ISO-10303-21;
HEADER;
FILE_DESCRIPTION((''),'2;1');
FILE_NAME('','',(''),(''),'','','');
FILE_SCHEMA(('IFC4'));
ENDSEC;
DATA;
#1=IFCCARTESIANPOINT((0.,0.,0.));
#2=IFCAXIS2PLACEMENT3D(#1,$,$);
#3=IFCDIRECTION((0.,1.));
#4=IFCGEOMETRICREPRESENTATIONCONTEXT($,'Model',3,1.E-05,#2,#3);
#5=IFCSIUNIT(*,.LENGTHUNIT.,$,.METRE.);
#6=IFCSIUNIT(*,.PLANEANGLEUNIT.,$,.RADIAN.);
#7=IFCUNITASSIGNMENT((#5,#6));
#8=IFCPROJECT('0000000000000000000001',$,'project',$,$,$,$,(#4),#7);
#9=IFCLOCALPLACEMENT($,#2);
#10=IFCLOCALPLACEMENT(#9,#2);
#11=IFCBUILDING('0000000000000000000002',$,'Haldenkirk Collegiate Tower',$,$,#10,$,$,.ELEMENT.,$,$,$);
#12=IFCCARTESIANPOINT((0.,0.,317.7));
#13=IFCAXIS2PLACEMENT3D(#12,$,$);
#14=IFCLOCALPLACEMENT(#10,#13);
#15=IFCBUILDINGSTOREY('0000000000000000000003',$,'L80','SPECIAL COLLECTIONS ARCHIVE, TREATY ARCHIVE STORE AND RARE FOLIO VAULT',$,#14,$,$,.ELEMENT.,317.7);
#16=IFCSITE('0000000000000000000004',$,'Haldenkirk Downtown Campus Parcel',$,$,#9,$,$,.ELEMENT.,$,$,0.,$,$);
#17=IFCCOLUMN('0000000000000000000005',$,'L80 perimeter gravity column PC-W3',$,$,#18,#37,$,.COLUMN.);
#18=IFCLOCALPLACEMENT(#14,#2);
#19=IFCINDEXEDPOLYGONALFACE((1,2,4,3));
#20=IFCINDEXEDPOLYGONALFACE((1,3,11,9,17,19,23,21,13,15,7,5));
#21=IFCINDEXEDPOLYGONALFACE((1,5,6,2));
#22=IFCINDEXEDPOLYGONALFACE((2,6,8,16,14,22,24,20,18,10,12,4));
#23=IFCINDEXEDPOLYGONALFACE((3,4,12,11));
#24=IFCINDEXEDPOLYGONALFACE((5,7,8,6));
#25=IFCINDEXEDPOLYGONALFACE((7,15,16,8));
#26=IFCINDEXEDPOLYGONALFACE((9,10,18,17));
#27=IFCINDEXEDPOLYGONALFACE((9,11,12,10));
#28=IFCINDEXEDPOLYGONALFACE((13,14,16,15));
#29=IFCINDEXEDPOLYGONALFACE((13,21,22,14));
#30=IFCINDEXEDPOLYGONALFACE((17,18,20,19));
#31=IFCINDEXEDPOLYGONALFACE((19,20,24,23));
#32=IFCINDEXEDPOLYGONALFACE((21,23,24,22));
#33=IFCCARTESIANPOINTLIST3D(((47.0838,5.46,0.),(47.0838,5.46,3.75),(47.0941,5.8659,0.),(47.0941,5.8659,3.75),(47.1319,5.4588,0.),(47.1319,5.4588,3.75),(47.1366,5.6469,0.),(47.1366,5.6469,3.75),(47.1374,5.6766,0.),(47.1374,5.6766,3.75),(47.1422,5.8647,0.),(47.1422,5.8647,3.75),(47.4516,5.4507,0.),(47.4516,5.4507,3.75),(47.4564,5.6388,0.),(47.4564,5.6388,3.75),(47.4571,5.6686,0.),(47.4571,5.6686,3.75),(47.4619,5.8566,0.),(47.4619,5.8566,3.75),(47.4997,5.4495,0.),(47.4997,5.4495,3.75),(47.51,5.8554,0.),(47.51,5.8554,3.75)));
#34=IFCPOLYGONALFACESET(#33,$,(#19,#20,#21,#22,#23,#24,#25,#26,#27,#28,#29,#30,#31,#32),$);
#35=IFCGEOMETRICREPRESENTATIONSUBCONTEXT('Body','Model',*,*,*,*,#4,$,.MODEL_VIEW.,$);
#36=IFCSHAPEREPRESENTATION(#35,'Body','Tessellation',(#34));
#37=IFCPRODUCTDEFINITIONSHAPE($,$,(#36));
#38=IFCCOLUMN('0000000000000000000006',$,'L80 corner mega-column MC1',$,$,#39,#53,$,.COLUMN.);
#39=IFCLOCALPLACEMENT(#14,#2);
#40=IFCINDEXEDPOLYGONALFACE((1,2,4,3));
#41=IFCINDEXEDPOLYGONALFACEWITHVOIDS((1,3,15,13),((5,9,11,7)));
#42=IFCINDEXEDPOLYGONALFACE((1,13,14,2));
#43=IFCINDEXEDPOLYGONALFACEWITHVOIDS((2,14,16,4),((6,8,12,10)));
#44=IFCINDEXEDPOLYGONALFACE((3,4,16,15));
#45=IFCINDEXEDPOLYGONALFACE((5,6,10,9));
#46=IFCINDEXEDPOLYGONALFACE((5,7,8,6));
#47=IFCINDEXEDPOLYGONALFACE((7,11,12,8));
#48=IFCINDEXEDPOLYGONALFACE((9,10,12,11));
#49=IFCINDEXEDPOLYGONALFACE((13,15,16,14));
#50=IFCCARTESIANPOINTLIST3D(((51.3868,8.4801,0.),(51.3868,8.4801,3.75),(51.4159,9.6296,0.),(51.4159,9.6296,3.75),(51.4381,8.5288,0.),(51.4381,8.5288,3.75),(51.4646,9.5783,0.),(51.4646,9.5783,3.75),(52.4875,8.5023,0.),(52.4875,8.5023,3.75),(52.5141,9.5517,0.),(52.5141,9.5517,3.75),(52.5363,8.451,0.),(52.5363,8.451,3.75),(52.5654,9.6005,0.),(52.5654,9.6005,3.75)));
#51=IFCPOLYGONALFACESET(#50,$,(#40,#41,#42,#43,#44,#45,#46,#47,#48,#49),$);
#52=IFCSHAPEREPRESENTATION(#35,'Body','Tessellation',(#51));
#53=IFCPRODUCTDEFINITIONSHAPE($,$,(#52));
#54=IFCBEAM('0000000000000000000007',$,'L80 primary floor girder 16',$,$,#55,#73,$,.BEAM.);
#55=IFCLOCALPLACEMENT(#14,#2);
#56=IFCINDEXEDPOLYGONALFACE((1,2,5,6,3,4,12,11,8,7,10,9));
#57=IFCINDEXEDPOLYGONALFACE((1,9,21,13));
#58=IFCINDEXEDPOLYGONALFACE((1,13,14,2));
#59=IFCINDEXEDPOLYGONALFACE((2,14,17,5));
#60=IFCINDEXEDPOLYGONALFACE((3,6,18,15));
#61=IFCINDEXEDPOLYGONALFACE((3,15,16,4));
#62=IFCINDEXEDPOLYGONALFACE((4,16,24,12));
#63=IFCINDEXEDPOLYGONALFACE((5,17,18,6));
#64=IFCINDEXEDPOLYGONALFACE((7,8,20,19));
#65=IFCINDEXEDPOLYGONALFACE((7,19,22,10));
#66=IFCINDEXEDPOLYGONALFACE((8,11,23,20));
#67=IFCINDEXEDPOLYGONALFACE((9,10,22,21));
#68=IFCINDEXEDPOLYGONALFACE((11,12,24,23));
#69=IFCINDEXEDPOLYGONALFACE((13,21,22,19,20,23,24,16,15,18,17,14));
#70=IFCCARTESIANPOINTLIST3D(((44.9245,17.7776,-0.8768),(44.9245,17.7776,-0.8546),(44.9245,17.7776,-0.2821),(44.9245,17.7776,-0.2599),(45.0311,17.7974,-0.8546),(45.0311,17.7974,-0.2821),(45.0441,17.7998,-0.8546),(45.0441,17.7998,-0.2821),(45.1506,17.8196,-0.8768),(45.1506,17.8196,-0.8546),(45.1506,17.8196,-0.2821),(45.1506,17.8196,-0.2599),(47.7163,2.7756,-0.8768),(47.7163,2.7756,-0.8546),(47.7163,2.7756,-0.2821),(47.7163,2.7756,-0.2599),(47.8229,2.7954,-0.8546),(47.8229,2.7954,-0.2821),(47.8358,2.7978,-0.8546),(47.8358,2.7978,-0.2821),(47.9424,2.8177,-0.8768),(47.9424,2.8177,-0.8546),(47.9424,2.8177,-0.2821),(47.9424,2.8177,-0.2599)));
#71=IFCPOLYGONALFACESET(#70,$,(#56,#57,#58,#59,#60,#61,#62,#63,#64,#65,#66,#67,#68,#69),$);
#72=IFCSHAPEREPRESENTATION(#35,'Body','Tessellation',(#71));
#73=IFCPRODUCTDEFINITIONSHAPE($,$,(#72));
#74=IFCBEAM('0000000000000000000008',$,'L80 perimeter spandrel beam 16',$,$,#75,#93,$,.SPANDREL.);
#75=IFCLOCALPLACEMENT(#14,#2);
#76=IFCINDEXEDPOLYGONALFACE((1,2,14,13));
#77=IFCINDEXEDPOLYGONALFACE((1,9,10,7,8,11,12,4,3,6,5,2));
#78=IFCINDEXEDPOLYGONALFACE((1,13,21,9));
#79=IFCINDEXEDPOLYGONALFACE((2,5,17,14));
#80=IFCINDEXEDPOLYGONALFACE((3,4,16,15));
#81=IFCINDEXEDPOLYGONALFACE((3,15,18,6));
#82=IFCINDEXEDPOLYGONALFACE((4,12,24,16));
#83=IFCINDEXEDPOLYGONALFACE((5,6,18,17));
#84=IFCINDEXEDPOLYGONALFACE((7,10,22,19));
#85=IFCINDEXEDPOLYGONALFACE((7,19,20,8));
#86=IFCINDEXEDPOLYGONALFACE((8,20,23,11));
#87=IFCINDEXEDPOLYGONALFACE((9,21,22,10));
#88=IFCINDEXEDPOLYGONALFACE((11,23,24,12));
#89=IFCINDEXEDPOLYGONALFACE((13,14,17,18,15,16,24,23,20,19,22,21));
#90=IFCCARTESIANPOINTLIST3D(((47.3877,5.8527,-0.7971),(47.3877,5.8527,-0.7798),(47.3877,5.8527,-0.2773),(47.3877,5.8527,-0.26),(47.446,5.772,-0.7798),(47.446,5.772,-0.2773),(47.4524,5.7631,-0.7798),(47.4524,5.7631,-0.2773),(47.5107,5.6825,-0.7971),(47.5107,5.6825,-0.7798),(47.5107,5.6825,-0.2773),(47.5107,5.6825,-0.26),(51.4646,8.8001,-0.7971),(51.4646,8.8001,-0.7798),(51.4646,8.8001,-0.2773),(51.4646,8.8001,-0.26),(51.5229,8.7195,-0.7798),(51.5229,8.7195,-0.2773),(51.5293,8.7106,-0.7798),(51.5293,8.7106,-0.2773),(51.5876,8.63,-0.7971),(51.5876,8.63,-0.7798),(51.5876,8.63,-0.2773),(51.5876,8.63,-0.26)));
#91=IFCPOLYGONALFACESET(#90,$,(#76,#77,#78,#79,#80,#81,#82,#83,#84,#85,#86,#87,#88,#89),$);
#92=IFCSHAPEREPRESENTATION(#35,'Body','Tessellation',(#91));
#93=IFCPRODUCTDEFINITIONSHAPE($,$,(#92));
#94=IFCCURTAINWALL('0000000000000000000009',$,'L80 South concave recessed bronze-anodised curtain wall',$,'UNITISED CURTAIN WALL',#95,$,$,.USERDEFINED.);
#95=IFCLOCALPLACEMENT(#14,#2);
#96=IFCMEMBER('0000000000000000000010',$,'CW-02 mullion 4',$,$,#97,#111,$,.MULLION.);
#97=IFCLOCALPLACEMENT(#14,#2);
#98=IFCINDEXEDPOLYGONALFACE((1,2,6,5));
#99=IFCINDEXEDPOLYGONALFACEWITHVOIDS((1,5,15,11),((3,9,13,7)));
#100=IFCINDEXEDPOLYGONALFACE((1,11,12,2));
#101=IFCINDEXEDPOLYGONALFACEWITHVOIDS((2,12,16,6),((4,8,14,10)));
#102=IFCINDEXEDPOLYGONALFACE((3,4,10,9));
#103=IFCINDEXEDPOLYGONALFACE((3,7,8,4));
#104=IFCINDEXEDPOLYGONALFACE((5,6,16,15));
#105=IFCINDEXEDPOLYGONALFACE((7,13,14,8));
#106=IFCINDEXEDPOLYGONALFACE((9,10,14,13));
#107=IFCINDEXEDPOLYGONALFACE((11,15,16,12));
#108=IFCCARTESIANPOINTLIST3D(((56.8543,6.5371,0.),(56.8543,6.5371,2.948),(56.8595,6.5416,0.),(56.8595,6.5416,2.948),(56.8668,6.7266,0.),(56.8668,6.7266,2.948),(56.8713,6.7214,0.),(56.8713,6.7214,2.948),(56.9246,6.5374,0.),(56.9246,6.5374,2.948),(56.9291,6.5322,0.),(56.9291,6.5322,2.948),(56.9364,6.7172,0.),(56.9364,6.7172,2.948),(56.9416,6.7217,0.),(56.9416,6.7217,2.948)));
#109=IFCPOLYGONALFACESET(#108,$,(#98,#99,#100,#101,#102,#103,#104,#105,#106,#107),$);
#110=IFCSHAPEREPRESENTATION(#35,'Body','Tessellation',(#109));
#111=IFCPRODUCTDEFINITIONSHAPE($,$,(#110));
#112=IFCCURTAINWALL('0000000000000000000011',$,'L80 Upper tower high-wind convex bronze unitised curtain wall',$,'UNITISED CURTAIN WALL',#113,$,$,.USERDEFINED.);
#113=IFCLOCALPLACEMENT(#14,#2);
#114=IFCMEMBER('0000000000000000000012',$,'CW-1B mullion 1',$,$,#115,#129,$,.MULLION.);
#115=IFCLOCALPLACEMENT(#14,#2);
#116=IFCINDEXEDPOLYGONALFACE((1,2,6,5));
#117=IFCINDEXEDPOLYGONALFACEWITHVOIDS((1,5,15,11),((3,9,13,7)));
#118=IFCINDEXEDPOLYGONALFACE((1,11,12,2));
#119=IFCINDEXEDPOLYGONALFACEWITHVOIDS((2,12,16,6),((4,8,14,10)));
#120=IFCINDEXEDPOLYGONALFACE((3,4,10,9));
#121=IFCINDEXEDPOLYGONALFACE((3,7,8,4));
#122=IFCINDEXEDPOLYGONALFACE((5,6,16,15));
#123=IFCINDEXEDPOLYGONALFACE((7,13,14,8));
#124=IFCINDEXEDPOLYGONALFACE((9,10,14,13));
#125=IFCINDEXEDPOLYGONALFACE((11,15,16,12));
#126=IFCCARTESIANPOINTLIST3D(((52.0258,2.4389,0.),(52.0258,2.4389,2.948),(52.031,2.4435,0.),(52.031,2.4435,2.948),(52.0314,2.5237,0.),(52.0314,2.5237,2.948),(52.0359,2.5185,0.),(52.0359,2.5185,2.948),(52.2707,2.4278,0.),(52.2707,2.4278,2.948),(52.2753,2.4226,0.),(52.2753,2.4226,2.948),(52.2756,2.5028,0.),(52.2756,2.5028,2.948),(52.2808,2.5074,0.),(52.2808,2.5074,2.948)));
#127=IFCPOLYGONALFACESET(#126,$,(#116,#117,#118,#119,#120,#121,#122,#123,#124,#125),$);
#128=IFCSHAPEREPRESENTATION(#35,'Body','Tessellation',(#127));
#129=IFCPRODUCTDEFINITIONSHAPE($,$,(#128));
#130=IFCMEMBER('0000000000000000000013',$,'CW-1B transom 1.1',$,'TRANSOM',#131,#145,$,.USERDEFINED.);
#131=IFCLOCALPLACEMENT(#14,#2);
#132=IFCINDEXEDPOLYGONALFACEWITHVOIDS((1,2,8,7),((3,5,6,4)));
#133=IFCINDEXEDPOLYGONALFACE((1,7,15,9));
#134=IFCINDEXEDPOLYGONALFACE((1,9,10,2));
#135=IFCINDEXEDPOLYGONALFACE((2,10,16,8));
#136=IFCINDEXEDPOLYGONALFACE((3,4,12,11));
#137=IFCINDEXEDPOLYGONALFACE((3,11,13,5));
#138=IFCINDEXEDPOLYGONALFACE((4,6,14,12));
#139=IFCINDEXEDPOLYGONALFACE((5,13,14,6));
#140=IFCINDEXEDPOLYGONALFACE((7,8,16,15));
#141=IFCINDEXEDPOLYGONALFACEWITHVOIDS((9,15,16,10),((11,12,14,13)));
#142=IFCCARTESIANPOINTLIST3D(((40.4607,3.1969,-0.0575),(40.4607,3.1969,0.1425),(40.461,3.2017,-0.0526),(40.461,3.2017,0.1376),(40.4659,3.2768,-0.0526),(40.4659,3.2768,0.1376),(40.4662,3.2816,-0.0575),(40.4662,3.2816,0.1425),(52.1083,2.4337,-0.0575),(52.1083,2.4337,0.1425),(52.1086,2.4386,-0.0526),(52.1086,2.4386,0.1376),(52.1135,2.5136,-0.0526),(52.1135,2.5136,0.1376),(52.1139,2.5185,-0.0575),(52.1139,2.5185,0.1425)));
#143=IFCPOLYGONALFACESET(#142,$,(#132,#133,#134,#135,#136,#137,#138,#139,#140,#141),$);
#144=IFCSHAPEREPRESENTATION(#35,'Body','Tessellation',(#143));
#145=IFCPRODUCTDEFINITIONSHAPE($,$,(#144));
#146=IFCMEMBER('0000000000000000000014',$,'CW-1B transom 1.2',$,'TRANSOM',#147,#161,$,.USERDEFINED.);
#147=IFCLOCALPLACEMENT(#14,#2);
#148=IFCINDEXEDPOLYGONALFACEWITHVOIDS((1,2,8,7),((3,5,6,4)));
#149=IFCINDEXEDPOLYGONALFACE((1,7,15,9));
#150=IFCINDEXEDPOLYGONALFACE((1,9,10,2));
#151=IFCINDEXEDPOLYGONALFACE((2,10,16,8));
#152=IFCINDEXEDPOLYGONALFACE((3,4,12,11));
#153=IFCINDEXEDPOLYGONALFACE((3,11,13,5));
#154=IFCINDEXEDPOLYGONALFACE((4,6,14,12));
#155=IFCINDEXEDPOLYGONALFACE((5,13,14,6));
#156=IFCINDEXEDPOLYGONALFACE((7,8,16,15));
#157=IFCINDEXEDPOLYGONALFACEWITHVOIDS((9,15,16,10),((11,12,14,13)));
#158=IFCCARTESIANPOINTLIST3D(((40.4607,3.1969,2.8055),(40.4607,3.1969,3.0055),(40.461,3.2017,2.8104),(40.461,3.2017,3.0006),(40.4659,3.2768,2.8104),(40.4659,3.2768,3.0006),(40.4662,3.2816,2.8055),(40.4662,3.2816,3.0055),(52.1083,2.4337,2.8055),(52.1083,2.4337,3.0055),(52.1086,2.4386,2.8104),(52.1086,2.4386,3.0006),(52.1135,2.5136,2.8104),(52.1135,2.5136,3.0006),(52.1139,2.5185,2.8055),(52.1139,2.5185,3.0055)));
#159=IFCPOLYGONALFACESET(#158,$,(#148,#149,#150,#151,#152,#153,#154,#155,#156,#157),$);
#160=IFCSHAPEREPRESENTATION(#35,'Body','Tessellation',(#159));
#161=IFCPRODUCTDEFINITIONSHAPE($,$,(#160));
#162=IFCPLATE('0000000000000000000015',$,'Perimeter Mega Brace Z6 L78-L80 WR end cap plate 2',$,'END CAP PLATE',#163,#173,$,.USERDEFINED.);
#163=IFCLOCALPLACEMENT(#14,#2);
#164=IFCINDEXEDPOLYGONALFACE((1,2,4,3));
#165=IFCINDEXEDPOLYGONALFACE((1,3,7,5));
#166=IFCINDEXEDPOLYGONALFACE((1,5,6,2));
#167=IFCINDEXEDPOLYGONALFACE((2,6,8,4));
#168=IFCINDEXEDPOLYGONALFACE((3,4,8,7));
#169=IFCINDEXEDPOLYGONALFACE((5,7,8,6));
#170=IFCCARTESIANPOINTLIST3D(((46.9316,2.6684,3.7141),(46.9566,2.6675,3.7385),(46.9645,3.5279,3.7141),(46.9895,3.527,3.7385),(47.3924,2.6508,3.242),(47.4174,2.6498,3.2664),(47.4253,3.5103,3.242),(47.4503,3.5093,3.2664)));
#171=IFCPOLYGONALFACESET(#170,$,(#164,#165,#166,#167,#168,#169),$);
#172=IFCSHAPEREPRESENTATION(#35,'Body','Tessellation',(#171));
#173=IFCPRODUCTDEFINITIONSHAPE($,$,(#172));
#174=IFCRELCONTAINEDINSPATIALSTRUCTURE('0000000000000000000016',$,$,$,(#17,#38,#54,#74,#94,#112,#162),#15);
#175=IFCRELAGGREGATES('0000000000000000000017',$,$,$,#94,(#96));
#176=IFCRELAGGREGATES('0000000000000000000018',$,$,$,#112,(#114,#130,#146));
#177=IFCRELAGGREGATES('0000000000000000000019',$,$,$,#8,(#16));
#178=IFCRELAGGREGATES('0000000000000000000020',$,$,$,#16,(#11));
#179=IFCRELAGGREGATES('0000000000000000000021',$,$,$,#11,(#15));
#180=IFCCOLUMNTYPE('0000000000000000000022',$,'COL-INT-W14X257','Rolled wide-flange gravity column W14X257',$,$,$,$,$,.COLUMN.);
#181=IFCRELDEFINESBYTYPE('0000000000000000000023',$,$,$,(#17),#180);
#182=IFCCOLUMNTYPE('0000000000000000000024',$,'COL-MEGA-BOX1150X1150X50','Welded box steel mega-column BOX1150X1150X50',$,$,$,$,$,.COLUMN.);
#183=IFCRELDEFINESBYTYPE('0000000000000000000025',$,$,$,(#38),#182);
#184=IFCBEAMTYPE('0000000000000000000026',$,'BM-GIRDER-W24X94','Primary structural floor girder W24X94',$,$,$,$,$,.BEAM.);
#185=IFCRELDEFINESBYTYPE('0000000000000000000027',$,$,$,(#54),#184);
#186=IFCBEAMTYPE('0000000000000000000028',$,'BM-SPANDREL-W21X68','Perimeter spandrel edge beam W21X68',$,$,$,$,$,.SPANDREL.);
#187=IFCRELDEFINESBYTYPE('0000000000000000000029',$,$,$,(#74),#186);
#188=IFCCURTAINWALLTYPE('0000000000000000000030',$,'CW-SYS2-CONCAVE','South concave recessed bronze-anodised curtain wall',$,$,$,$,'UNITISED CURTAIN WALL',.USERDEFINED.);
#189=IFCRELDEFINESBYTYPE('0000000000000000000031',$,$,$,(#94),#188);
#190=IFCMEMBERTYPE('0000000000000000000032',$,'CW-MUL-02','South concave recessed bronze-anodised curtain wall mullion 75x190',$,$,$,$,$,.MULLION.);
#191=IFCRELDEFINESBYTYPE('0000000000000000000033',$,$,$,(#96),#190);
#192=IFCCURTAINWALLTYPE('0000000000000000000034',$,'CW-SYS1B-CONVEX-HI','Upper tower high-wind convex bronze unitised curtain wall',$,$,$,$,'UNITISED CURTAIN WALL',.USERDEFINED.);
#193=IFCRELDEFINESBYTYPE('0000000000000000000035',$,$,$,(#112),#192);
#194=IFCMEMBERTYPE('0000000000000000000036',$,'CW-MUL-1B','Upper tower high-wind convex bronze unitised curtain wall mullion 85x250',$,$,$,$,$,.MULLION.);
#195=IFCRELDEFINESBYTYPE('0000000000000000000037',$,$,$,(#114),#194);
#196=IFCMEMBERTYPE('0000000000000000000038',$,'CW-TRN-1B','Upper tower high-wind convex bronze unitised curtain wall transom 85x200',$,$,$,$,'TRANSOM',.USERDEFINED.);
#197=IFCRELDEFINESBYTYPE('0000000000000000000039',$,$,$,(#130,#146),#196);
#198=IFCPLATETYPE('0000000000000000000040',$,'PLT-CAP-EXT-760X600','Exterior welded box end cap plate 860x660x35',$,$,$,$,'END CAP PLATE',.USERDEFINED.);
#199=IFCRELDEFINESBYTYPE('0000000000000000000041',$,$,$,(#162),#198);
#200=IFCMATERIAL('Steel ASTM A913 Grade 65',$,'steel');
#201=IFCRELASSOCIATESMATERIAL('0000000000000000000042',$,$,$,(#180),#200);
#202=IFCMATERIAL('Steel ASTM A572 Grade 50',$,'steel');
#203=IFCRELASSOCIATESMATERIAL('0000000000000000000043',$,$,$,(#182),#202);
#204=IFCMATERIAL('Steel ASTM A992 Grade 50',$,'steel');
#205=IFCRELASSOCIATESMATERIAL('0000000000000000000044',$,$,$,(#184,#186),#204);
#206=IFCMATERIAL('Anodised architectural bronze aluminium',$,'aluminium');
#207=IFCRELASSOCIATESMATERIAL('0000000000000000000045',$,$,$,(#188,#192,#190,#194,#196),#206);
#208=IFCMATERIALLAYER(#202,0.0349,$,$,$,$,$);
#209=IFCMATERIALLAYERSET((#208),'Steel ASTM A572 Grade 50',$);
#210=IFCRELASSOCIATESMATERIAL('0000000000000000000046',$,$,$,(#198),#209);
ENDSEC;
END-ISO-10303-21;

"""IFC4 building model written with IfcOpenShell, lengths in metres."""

from ifc_helpers import new_model, si_unit, direction, frame, origin, origin_2d, place, context, subcontext, project, spatial, rectangle, hollow_rectangle, i_section, extrude, source, transform, mapped, material, layer, layer_set, material_profile, profile_set, type_object, element, aggregate, save


model = new_model("IFC4")

# Units and contexts
model_context = context("Model", 3, precision=1e-05, world=origin(), true_north=direction((0.0, 1.0)))
body_context = subcontext(model_context, "Body", "Model", "MODEL_VIEW")
ifc_project = project(units=[si_unit("LENGTHUNIT", "METRE"), si_unit("PLANEANGLEUNIT", "RADIAN")], contexts=[model_context])

# Site, building, storey
site_placement = place(None, origin())
site = spatial("IfcSite", under=ifc_project, at=site_placement, Name="Haldenkirk Downtown Campus Parcel", CompositionType="ELEMENT", RefElevation=0.0)
building_placement = place(site_placement, origin())
building = spatial("IfcBuilding", under=site, at=building_placement, Name="Haldenkirk Collegiate Tower", CompositionType="ELEMENT")
storey_placement = place(building_placement, frame((0.0, 0.0, 317.7)))
storey = spatial("IfcBuildingStorey", under=building, at=storey_placement, Name="L80", Description="SPECIAL COLLECTIONS ARCHIVE, TREATY ARCHIVE STORE AND RARE FOLIO VAULT", CompositionType="ELEMENT", Elevation=317.7)

# Columns
ifc_material_1 = material(Name="Steel ASTM A913 Grade 65", Category="steel")
ifc_material_profile_1 = material_profile(ifc_material_1, i_section(OverallWidth=0.406, OverallDepth=0.416, WebThickness=0.0298, FlangeThickness=0.0481, at=origin_2d()), Name="W14X257")
ifc_profile_set_1 = profile_set([ifc_material_profile_1], Name="Steel ASTM A913 Grade 65")
column_type_1 = type_object("IfcColumnType", Name="COL-INT-W14X257", Description="Rolled wide-flange gravity column W14X257", PredefinedType="COLUMN", material=ifc_profile_set_1)
column_1_placement = place(storey_placement, frame((47.2969, 5.6577, 0.0), z_axis=(0.0, 0.0, 1.0), x_axis=(0.025305, 0.99968, 0.0)))
element("IfcColumn", 1, at=column_1_placement, inside=storey, type_object=column_type_1, Name="L80 perimeter gravity column PC-W3", PredefinedType="COLUMN", context=body_context, shape_type="SweptSolid", body=[
    extrude(i_section(OverallWidth=0.406, OverallDepth=0.416, WebThickness=0.0298, FlangeThickness=0.0481, at=origin_2d()), origin(), (0.0, 0.0, 1.0), 3.75),
])
ifc_material_2 = material(Name="Steel ASTM A572 Grade 50", Category="steel")
ifc_material_profile_2 = material_profile(ifc_material_2, hollow_rectangle(XDim=1.1499, YDim=1.1499, WallThickness=0.05, at=origin_2d()), Name="BOX1150X1150X50")
ifc_profile_set_2 = profile_set([ifc_material_profile_2], Name="Steel ASTM A572 Grade 50")
column_type_2 = type_object("IfcColumnType", Name="COL-MEGA-BOX1150X1150X50", Description="Welded box steel mega-column BOX1150X1150X50", PredefinedType="COLUMN", material=ifc_profile_set_2)
column_2_placement = place(storey_placement, frame((51.9761, 9.0403, 0.0), z_axis=(0.0, 0.0, 1.0), x_axis=(0.025305, 0.99968, 0.0)))
element("IfcColumn", 2, at=column_2_placement, inside=storey, type_object=column_type_2, Name="L80 corner mega-column MC1", PredefinedType="COLUMN", context=body_context, shape_type="SweptSolid", body=[
    extrude(hollow_rectangle(XDim=1.1499, YDim=1.1499, WallThickness=0.05, at=origin_2d()), origin(), (0.0, 0.0, 1.0), 3.75),
])

# Beams
ifc_material_3 = material(Name="Steel ASTM A992 Grade 50", Category="steel")
ifc_material_profile_3 = material_profile(ifc_material_3, i_section(OverallWidth=0.23, OverallDepth=0.6169, WebThickness=0.0132, FlangeThickness=0.0222, at=origin_2d()), Name="W24X94")
ifc_profile_set_3 = profile_set([ifc_material_profile_3], Name="Steel ASTM A992 Grade 50")
beam_type_1 = type_object("IfcBeamType", Name="BM-GIRDER-W24X94", Description="Primary structural floor girder W24X94", PredefinedType="BEAM", material=ifc_profile_set_3)
beam_1_placement = place(storey_placement, frame((47.8293, 2.7966, -0.5684), z_axis=(-0.182951, 0.983122, 0.0), x_axis=(-0.983122, -0.182951, 0.0)))
element("IfcBeam", 3, at=beam_1_placement, inside=storey, type_object=beam_type_1, Name="L80 primary floor girder 16", PredefinedType="BEAM", context=body_context, shape_type="SweptSolid", body=[
    extrude(i_section(OverallWidth=0.23, OverallDepth=0.6169, WebThickness=0.0132, FlangeThickness=0.0222, at=origin_2d()), origin(), (0.0, 0.0, 1.0), 15.2595),
])
ifc_material_profile_4 = material_profile(ifc_material_3, i_section(OverallWidth=0.21, OverallDepth=0.5371, WebThickness=0.011, FlangeThickness=0.0173, at=origin_2d()), Name="W21X68")
ifc_profile_set_4 = profile_set([ifc_material_profile_4], Name="Steel ASTM A992 Grade 50")
beam_type_2 = type_object("IfcBeamType", Name="BM-SPANDREL-W21X68", Description="Perimeter spandrel edge beam W21X68", PredefinedType="SPANDREL", material=ifc_profile_set_4)
beam_2_placement = place(storey_placement, frame((47.4492, 5.7676, -0.5286), z_axis=(0.810389, 0.585893, 0.0), x_axis=(-0.585893, 0.810389, 0.0)))
element("IfcBeam", 4, at=beam_2_placement, inside=storey, type_object=beam_type_2, Name="L80 perimeter spandrel beam 16", PredefinedType="SPANDREL", context=body_context, shape_type="SweptSolid", body=[
    extrude(i_section(OverallWidth=0.21, OverallDepth=0.5371, WebThickness=0.011, FlangeThickness=0.0173, at=origin_2d()), origin(), (0.0, 0.0, 1.0), 5.0308),
])

# Curtain wall, member
ifc_material_4 = material(Name="Anodised architectural bronze aluminium", Category="aluminium")
curtain_wall_type_1 = type_object("IfcCurtainWallType", Name="CW-SYS2-CONCAVE", Description="South concave recessed bronze-anodised curtain wall", ElementType="UNITISED CURTAIN WALL", PredefinedType="USERDEFINED", material=ifc_material_4)
curtain_wall_1_placement = place(storey_placement, origin())
curtain_wall_1 = element("IfcCurtainWall", 5, at=curtain_wall_1_placement, inside=storey, type_object=curtain_wall_type_1, Name="L80 South concave recessed bronze-anodised curtain wall", ObjectType="UNITISED CURTAIN WALL", PredefinedType="USERDEFINED")
ifc_material_profile_5 = material_profile(ifc_material_4, hollow_rectangle(XDim=0.075, YDim=0.1899, WallThickness=0.0049, at=origin_2d()), Name="CW-MUL-02")
ifc_profile_set_5 = profile_set([ifc_material_profile_5], Name="Anodised architectural bronze aluminium")
member_type_1 = type_object("IfcMemberType", Name="CW-MUL-02", Description="South concave recessed bronze-anodised curtain wall mullion 75x190", PredefinedType="MULLION", material=ifc_profile_set_5)
member_1_placement = place(storey_placement, frame((56.8979, 6.6294, 0.0), z_axis=(0.0, 0.0, 1.0), x_axis=(0.997859, -0.065403, 0.0)))
member_1 = element("IfcMember", 6, at=member_1_placement, type_object=member_type_1, Name="CW-02 mullion 4", PredefinedType="MULLION", context=body_context, shape_type="SweptSolid", body=[
    extrude(hollow_rectangle(XDim=0.075, YDim=0.1899, WallThickness=0.0049, at=origin_2d()), origin(), (0.0, 0.0, 1.0), 2.948),
])

# Curtain wall, members
curtain_wall_type_2 = type_object("IfcCurtainWallType", Name="CW-SYS1B-CONVEX-HI", Description="Upper tower high-wind convex bronze unitised curtain wall", ElementType="UNITISED CURTAIN WALL", PredefinedType="USERDEFINED", material=ifc_material_4)
curtain_wall_2_placement = place(storey_placement, origin())
curtain_wall_2 = element("IfcCurtainWall", 7, at=curtain_wall_2_placement, inside=storey, type_object=curtain_wall_type_2, Name="L80 Upper tower high-wind convex bronze unitised curtain wall", ObjectType="UNITISED CURTAIN WALL", PredefinedType="USERDEFINED")
ifc_material_profile_6 = material_profile(ifc_material_4, hollow_rectangle(XDim=0.085, YDim=0.25, WallThickness=0.0049, at=origin_2d()), Name="CW-MUL-1B")
ifc_profile_set_6 = profile_set([ifc_material_profile_6], Name="Anodised architectural bronze aluminium")
member_type_2 = type_object("IfcMemberType", Name="CW-MUL-1B", Description="Upper tower high-wind convex bronze unitised curtain wall mullion 85x250", PredefinedType="MULLION", material=ifc_profile_set_6)
member_2_placement = place(storey_placement, frame((52.1533, 2.4731, 0.0), z_axis=(0.0, 0.0, 1.0), x_axis=(-0.065401, -0.997859, 0.0)))
member_2 = element("IfcMember", 8, at=member_2_placement, type_object=member_type_2, Name="CW-1B mullion 1", PredefinedType="MULLION", context=body_context, shape_type="SweptSolid", body=[
    extrude(hollow_rectangle(XDim=0.085, YDim=0.25, WallThickness=0.0049, at=origin_2d()), origin(), (0.0, 0.0, 1.0), 2.948),
])
ifc_material_profile_7 = material_profile(ifc_material_4, hollow_rectangle(XDim=0.085, YDim=0.2, WallThickness=0.0049, at=origin_2d()), Name="CW-TRN-1B")
ifc_profile_set_7 = profile_set([ifc_material_profile_7], Name="Anodised architectural bronze aluminium")
member_type_3 = type_object("IfcMemberType", Name="CW-TRN-1B", Description="Upper tower high-wind convex bronze unitised curtain wall transom 85x200", ElementType="TRANSOM", PredefinedType="USERDEFINED", material=ifc_profile_set_7)
member_3_placement = place(storey_placement, frame((52.1111, 2.4761, 0.0425), z_axis=(-0.99786, 0.065382, 0.0), x_axis=(-0.065382, -0.99786, 0.0)))
member_3 = element("IfcMember", 9, at=member_3_placement, type_object=member_type_3, Name="CW-1B transom 1.1", ObjectType="TRANSOM", PredefinedType="USERDEFINED", context=body_context, shape_type="SweptSolid", body=[
    extrude(hollow_rectangle(XDim=0.085, YDim=0.2, WallThickness=0.0049, at=origin_2d()), origin(), (0.0, 0.0, 1.0), 11.6726),
])
member_4_placement = place(storey_placement, frame((52.1111, 2.4761, 2.9055), z_axis=(-0.99786, 0.065382, 0.0), x_axis=(-0.065382, -0.99786, 0.0)))
member_4 = element("IfcMember", 10, at=member_4_placement, type_object=member_type_3, Name="CW-1B transom 1.2", ObjectType="TRANSOM", PredefinedType="USERDEFINED", context=body_context, shape_type="SweptSolid", body=[
    extrude(hollow_rectangle(XDim=0.085, YDim=0.2, WallThickness=0.0049, at=origin_2d()), origin(), (0.0, 0.0, 1.0), 11.6726),
])

# Plate
ifc_layer_1 = layer(ifc_material_2, 0.0349)
ifc_layer_set_1 = layer_set([ifc_layer_1], Name="Steel ASTM A572 Grade 50")
plate_type_1 = type_object("IfcPlateType", Name="PLT-CAP-EXT-760X600", Description="Exterior welded box end cap plate 860x660x35", ElementType="END CAP PLATE", PredefinedType="USERDEFINED", material=ifc_layer_set_1)
shared_shape_1 = source(origin(), body_context, "Body", "SweptSolid", [
    extrude(rectangle(XDim=0.8601, YDim=0.6599, at=origin_2d()), origin(), (0.0, 0.0, 1.0), 0.0349),
])
plate_1_placement = place(storey_placement, frame((47.1785, 3.0894, 3.478), z_axis=(0.714837, -0.027342, 0.698756), x_axis=(0.038221, 0.999269, 0.0)))
element("IfcPlate", 11, at=plate_1_placement, inside=storey, type_object=plate_type_1, Name="Perimeter Mega Brace Z6 L78-L80 WR end cap plate 2", ObjectType="END CAP PLATE", PredefinedType="USERDEFINED", context=body_context, shape_type="MappedRepresentation", body=[
    mapped(shared_shape_1, transform((0.0, 0.0, 0.0), x_axis=(1.0, 0.0, 0.0), y_axis=(0.0, 1.0, 0.0), z_axis=(0.0, 0.0, 1.0), scale=1.0)),
])
aggregate(curtain_wall_1, [member_1])
aggregate(curtain_wall_2, [member_2, member_3, member_4])

save(model, "model.ifc")
